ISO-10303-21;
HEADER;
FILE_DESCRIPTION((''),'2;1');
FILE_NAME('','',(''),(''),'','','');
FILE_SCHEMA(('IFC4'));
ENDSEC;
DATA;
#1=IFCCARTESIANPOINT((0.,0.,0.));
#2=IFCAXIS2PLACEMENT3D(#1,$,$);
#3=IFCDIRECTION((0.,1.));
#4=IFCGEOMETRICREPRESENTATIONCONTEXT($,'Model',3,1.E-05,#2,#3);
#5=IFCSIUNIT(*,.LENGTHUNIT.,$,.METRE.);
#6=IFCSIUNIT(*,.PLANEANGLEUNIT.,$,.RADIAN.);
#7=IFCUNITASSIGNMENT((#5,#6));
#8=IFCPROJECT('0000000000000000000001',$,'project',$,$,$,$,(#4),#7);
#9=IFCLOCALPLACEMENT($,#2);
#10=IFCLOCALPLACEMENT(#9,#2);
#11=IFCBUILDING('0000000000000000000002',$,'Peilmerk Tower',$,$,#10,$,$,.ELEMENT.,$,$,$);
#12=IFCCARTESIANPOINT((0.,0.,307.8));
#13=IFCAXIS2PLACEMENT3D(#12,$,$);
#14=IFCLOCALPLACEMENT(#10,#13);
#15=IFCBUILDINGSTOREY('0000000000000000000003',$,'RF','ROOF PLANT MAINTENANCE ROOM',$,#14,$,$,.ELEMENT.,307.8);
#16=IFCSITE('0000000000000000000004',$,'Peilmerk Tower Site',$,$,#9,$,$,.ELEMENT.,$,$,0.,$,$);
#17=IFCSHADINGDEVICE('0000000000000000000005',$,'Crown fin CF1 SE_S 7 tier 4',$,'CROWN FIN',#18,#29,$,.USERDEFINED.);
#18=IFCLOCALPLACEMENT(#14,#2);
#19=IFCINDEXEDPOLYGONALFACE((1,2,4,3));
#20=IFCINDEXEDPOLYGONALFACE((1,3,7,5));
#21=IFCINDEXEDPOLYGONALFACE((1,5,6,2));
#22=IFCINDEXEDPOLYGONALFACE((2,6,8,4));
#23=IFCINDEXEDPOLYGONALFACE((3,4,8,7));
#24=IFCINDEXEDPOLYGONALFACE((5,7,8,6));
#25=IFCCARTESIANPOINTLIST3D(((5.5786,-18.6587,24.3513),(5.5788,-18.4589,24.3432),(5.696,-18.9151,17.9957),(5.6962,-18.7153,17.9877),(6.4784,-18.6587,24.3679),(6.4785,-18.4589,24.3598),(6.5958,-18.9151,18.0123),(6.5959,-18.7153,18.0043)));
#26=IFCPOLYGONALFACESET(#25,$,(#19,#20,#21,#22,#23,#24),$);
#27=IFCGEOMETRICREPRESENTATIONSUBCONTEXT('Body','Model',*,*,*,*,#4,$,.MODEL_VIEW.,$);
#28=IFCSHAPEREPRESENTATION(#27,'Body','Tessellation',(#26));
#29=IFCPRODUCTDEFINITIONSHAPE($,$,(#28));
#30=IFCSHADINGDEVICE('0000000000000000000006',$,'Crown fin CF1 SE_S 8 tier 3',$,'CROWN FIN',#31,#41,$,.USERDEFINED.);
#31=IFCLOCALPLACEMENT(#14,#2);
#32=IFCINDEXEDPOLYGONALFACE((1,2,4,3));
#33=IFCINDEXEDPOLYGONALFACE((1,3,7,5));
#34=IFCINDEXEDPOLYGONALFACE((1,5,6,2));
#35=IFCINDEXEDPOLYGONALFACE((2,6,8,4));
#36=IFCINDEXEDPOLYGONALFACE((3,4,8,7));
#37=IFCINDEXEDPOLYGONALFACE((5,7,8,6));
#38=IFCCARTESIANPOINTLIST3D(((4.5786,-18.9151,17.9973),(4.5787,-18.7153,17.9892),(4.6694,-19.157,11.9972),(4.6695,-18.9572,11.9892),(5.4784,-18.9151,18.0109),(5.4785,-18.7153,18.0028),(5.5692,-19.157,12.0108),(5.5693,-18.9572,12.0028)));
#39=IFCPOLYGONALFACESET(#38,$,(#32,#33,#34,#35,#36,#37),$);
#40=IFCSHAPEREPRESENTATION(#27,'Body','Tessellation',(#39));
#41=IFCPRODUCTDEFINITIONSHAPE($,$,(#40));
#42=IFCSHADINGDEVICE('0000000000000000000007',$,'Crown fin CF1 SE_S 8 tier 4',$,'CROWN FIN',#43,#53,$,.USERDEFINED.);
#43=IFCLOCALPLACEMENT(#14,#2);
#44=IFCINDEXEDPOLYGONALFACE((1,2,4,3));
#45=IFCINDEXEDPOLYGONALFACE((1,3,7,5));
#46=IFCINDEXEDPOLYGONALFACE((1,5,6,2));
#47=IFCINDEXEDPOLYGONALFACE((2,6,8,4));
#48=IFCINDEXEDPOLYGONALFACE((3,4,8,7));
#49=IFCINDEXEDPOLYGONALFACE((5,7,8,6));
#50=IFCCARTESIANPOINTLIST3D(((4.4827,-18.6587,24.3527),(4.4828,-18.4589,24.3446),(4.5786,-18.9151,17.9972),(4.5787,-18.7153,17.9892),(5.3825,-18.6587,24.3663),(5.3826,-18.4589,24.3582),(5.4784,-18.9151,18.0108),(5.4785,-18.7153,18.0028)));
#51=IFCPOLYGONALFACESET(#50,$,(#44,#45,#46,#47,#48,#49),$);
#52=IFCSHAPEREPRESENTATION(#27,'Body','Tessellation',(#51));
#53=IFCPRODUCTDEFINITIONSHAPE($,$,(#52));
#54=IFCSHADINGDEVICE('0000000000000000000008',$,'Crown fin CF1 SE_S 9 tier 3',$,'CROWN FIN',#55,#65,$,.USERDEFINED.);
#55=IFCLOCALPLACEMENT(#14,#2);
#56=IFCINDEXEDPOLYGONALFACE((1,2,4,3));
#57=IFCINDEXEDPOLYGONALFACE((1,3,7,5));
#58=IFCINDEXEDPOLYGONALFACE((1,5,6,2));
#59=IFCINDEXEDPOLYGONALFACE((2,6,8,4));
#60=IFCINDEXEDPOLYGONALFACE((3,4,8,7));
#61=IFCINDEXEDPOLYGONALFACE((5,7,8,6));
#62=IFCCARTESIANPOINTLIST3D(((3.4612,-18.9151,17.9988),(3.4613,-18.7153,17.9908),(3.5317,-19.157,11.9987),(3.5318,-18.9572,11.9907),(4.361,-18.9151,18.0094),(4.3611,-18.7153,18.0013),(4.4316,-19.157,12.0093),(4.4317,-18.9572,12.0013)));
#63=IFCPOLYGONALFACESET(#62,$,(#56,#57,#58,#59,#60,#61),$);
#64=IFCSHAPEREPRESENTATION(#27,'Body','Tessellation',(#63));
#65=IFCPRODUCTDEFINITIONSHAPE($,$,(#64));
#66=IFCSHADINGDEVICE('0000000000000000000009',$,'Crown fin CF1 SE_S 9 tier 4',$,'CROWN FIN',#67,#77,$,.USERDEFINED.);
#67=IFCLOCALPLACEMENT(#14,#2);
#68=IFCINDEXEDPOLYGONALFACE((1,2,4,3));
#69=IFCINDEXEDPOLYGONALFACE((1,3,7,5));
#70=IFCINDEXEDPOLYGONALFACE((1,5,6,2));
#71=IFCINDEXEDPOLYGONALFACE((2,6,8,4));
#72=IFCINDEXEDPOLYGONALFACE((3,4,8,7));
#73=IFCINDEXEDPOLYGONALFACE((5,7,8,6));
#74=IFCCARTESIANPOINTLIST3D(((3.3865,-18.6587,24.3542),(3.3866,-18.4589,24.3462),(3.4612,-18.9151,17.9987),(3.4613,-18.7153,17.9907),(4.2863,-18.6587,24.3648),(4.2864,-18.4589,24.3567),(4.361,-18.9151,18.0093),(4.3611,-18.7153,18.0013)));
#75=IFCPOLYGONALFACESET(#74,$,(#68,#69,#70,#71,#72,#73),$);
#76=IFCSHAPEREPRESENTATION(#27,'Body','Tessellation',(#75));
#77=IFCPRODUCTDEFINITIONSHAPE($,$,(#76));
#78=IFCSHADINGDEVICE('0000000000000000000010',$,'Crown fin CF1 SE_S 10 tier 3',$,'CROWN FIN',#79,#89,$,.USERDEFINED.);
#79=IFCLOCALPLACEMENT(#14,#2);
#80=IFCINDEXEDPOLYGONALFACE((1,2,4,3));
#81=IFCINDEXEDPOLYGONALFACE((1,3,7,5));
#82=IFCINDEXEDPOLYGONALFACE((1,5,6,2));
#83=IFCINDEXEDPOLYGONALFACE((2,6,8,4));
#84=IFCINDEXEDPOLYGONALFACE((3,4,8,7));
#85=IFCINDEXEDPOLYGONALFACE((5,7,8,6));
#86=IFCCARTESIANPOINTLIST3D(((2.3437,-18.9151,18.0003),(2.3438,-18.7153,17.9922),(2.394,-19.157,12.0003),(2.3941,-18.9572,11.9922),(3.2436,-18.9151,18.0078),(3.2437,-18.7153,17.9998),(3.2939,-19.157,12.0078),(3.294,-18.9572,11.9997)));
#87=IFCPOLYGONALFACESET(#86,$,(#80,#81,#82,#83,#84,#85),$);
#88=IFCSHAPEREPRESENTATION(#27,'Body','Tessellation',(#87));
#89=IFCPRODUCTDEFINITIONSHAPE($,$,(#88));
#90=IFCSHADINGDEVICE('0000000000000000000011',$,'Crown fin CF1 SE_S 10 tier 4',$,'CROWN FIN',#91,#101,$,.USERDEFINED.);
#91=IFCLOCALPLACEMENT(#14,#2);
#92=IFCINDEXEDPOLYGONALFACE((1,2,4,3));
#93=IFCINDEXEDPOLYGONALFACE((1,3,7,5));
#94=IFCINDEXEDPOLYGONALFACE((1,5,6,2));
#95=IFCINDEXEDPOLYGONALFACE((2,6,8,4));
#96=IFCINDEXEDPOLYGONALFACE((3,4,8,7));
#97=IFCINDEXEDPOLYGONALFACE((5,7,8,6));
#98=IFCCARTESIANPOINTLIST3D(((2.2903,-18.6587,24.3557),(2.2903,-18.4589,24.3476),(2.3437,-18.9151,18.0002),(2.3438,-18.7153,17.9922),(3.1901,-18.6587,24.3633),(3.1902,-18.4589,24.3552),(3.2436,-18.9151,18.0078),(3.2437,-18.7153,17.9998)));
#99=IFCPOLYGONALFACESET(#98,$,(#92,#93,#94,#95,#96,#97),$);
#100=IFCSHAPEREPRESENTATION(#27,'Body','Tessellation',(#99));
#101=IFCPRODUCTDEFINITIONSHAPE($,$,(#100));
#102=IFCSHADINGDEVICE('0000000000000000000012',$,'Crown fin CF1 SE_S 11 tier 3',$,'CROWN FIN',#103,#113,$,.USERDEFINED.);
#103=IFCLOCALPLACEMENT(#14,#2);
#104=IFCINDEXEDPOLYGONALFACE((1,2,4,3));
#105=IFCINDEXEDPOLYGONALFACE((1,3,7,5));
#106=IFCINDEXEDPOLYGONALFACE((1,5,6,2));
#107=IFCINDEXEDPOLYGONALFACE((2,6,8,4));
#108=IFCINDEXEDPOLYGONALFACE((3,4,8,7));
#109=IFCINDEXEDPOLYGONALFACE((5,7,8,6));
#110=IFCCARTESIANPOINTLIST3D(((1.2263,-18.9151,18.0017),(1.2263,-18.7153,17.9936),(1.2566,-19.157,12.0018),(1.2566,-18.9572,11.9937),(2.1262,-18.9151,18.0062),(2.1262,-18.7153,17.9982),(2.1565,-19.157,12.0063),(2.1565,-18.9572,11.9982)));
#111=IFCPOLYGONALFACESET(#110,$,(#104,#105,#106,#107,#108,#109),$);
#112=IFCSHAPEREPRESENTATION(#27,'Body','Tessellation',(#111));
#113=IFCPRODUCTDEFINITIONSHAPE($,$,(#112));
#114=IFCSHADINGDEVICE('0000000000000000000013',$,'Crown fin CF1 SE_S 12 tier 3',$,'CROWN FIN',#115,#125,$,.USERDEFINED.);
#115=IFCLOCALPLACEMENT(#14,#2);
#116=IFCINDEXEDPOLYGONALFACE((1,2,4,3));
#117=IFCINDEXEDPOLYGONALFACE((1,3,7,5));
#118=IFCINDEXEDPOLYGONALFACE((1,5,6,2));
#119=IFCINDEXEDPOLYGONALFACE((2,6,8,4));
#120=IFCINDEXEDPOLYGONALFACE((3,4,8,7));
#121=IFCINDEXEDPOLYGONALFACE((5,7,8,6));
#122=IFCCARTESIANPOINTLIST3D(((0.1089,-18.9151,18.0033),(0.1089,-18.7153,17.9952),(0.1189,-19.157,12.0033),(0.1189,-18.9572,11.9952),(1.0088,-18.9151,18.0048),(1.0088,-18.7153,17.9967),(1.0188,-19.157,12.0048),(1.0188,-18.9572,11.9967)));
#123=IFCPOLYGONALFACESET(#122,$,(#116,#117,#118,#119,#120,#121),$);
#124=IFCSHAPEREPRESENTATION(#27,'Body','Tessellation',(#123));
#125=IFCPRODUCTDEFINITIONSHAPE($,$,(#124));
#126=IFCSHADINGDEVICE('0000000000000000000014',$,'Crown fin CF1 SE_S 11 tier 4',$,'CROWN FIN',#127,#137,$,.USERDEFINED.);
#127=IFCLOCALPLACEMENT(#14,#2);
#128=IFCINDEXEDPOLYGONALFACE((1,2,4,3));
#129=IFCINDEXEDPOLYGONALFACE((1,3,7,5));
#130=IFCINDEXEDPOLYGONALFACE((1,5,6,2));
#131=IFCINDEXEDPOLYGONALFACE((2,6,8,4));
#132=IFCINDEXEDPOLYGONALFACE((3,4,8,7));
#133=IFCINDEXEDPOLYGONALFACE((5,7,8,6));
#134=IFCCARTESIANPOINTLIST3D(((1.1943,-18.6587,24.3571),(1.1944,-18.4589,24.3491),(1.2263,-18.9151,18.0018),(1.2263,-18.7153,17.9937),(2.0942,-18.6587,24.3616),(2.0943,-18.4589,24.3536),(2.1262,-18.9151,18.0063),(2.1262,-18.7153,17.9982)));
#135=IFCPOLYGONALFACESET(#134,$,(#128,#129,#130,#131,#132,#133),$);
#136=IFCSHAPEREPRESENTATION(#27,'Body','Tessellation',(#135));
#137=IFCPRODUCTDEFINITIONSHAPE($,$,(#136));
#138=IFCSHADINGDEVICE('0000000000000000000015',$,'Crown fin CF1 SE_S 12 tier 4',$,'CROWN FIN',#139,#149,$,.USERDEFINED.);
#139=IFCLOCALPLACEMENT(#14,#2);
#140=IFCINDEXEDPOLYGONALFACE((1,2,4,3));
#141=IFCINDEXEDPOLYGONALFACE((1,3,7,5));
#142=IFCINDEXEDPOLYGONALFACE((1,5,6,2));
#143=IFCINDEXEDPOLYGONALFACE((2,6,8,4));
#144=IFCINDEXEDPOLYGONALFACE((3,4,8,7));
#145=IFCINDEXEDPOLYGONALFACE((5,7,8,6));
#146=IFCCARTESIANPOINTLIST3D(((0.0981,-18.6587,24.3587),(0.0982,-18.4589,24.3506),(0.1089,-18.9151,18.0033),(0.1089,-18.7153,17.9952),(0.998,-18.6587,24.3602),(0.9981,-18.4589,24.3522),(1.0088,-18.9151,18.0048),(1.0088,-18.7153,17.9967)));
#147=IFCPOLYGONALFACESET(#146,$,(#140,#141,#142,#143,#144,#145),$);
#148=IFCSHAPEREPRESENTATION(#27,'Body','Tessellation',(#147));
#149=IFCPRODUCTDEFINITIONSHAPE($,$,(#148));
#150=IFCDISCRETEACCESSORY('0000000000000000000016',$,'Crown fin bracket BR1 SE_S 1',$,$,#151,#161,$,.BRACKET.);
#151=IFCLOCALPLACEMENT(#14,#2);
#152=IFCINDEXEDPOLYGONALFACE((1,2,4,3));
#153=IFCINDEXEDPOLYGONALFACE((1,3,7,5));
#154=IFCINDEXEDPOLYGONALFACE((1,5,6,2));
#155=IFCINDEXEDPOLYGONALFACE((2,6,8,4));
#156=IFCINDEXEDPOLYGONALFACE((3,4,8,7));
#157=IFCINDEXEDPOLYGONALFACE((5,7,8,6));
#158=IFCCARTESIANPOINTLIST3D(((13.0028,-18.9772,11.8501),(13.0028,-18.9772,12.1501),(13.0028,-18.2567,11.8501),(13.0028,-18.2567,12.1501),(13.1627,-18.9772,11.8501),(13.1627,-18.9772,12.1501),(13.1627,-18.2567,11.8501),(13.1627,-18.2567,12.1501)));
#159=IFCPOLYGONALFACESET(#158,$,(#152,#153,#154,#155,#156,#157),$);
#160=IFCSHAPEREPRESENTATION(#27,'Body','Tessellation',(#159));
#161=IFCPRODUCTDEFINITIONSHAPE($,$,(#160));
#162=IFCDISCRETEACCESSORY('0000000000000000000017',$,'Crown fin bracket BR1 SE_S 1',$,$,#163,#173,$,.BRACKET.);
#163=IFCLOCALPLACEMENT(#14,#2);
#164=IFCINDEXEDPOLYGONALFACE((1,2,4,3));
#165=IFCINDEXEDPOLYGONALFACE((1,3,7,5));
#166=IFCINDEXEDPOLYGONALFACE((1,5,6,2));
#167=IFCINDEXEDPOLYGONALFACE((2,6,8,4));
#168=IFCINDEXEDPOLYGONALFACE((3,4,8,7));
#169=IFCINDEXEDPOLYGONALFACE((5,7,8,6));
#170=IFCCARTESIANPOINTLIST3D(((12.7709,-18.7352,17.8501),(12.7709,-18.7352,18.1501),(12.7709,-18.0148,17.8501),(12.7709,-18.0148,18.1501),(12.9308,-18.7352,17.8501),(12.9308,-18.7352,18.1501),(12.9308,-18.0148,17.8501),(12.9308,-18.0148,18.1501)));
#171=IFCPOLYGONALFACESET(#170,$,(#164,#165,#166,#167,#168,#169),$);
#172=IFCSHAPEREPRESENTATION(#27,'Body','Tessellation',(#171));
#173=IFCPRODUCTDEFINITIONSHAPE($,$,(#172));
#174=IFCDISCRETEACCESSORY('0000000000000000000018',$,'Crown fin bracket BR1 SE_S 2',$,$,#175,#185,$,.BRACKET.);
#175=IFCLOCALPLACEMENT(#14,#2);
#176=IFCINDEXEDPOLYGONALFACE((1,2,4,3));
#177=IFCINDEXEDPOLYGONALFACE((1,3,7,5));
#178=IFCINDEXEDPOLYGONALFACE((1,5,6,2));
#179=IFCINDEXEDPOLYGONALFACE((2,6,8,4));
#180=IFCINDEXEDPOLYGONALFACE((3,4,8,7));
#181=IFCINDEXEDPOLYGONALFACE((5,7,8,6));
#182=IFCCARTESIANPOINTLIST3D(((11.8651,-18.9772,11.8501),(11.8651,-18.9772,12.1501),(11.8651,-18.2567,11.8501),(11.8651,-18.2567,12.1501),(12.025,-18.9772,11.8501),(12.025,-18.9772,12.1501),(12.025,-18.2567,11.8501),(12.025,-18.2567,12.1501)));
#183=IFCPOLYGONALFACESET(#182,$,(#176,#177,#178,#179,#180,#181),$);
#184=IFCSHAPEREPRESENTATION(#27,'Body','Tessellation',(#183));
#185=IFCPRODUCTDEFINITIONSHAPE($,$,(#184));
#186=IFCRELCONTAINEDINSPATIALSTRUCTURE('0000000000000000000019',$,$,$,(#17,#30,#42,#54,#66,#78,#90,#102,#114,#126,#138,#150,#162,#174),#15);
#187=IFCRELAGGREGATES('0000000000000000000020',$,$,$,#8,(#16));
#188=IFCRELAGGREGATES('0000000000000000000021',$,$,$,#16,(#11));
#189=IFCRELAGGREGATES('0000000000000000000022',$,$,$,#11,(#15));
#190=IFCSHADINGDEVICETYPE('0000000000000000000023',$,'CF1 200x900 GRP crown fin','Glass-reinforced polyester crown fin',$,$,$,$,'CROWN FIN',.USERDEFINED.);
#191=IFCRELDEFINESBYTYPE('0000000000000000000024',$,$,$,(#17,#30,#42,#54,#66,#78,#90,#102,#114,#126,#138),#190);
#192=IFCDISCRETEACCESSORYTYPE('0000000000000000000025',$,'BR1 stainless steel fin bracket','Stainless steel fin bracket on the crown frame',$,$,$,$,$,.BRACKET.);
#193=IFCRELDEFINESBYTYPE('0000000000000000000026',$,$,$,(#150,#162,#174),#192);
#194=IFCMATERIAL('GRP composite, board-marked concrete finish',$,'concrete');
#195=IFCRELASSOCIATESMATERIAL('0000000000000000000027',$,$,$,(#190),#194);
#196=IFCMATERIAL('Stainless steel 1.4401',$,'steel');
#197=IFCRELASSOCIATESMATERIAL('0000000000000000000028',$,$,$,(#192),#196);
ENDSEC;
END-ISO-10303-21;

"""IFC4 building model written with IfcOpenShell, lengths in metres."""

from ifc_helpers import new_model, si_unit, direction, frame, origin, origin_2d, place, context, subcontext, project, spatial, rectangle, extrude, source, transform, mapped, material, material_profile, profile_set, type_object, element, save


model = new_model("IFC4")

# Units and contexts
model_context = context("Model", 3, precision=1e-05, world=origin(), true_north=direction((0.0, 1.0)))
body_context = subcontext(model_context, "Body", "Model", "MODEL_VIEW")
ifc_project = project(units=[si_unit("LENGTHUNIT", "METRE"), si_unit("PLANEANGLEUNIT", "RADIAN")], contexts=[model_context])

# Site, building, storey
site_placement = place(None, origin())
site = spatial("IfcSite", under=ifc_project, at=site_placement, Name="Peilmerk Tower Site", CompositionType="ELEMENT", RefElevation=0.0)
building_placement = place(site_placement, origin())
building = spatial("IfcBuilding", under=site, at=building_placement, Name="Peilmerk Tower", CompositionType="ELEMENT")
storey_placement = place(building_placement, frame((0.0, 0.0, 307.8)))
storey = spatial("IfcBuildingStorey", under=building, at=storey_placement, Name="RF", Description="ROOF PLANT MAINTENANCE ROOM", CompositionType="ELEMENT", Elevation=307.8)

# Shading devices
ifc_material_1 = material(Name="GRP composite, board-marked concrete finish", Category="concrete")
ifc_material_profile = material_profile(ifc_material_1, rectangle(XDim=0.2, YDim=0.8999, at=origin_2d()), Name="CF1 200x900")
ifc_profile_set = profile_set([ifc_material_profile], Name="GRP composite, board-marked concrete finish")
shading_device_type = type_object("IfcShadingDeviceType", Name="CF1 200x900 GRP crown fin", Description="Glass-reinforced polyester crown fin", ElementType="CROWN FIN", PredefinedType="USERDEFINED", material=ifc_profile_set)
shared_shape_1 = source(origin(), body_context, "Body", "SweptSolid", [
    extrude(rectangle(XDim=0.2, YDim=0.8999, at=origin_2d()), origin(), (0.0, 0.0, 1.0), 6.3618),
])
shading_device_1_placement = place(storey_placement, frame((6.146, -18.8152, 18.0), z_axis=(-0.018459, 0.040295, 0.999017), x_axis=(-0.000744, -0.999188, 0.040288)))
element("IfcShadingDevice", 1, at=shading_device_1_placement, inside=storey, type_object=shading_device_type, Name="Crown fin CF1 SE_S 7 tier 4", ObjectType="CROWN FIN", PredefinedType="USERDEFINED", context=body_context, shape_type="MappedRepresentation", body=[
    mapped(shared_shape_1, transform((0.0, 0.0, 0.0), scale=1.0)),
])
shared_shape_2 = source(origin(), body_context, "Body", "SweptSolid", [
    extrude(rectangle(XDim=0.2, YDim=0.8999, at=origin_2d()), origin(), (0.0, 0.0, 1.0), 6.0056),
])
shading_device_2_placement = place(storey_placement, frame((5.1194, -19.0571, 12.0), z_axis=(-0.015123, 0.040287, 0.999074), x_axis=(-0.00061, -0.999188, 0.040282)))
element("IfcShadingDevice", 2, at=shading_device_2_placement, inside=storey, type_object=shading_device_type, Name="Crown fin CF1 SE_S 8 tier 3", ObjectType="CROWN FIN", PredefinedType="USERDEFINED", context=body_context, shape_type="MappedRepresentation", body=[
    mapped(shared_shape_2, transform((0.0, 0.0, 0.0), scale=1.0)),
])
shared_shape_3 = source(origin(), body_context, "Body", "SweptSolid", [
    extrude(rectangle(XDim=0.2, YDim=0.8999, at=origin_2d()), origin(), (0.0, 0.0, 1.0), 6.3613),
])
shading_device_3_placement = place(storey_placement, frame((5.0286, -18.8152, 18.0), z_axis=(-0.015083, 0.040298, 0.999074), x_axis=(-0.000608, -0.999188, 0.040293)))
element("IfcShadingDevice", 3, at=shading_device_3_placement, inside=storey, type_object=shading_device_type, Name="Crown fin CF1 SE_S 8 tier 4", ObjectType="CROWN FIN", PredefinedType="USERDEFINED", context=body_context, shape_type="MappedRepresentation", body=[
    mapped(shared_shape_3, transform((0.0, 0.0, 0.0), scale=1.0)),
])
shared_shape_4 = source(origin(), body_context, "Body", "SweptSolid", [
    extrude(rectangle(XDim=0.2, YDim=0.8999, at=origin_2d()), origin(), (0.0, 0.0, 1.0), 6.0054),
])
shading_device_4_placement = place(storey_placement, frame((3.9817, -19.0571, 12.0), z_axis=(-0.011749, 0.040288, 0.999119), x_axis=(-0.000474, -0.999188, 0.040286)))
element("IfcShadingDevice", 4, at=shading_device_4_placement, inside=storey, type_object=shading_device_type, Name="Crown fin CF1 SE_S 9 tier 3", ObjectType="CROWN FIN", PredefinedType="USERDEFINED", context=body_context, shape_type="MappedRepresentation", body=[
    mapped(shared_shape_4, transform((0.0, 0.0, 0.0), scale=1.0)),
])
shared_shape_5 = source(origin(), body_context, "Body", "SweptSolid", [
    extrude(rectangle(XDim=0.2, YDim=0.8999, at=origin_2d()), origin(), (0.0, 0.0, 1.0), 6.3611),
])
shading_device_5_placement = place(storey_placement, frame((3.9111, -18.8152, 18.0), z_axis=(-0.011744, 0.040299, 0.999119), x_axis=(-0.000474, -0.999188, 0.040297)))
element("IfcShadingDevice", 5, at=shading_device_5_placement, inside=storey, type_object=shading_device_type, Name="Crown fin CF1 SE_S 9 tier 4", ObjectType="CROWN FIN", PredefinedType="USERDEFINED", context=body_context, shape_type="MappedRepresentation", body=[
    mapped(shared_shape_5, transform((0.0, 0.0, 0.0), scale=1.0)),
])
shared_shape_6 = source(origin(), body_context, "Body", "SweptSolid", [
    extrude(rectangle(XDim=0.2, YDim=0.8999, at=origin_2d()), origin(), (0.0, 0.0, 1.0), 6.0051),
])
shading_device_6_placement = place(storey_placement, frame((2.844, -19.0571, 12.0), z_axis=(-0.008375, 0.04029, 0.999153), x_axis=(-0.000338, -0.999188, 0.040288)))
element("IfcShadingDevice", 6, at=shading_device_6_placement, inside=storey, type_object=shading_device_type, Name="Crown fin CF1 SE_S 10 tier 3", ObjectType="CROWN FIN", PredefinedType="USERDEFINED", context=body_context, shape_type="MappedRepresentation", body=[
    mapped(shared_shape_6, transform((0.0, 0.0, 0.0), scale=1.0)),
])
shared_shape_7 = source(origin(), body_context, "Body", "SweptSolid", [
    extrude(rectangle(XDim=0.2, YDim=0.8999, at=origin_2d()), origin(), (0.0, 0.0, 1.0), 6.3608),
])
shading_device_7_placement = place(storey_placement, frame((2.7937, -18.8152, 18.0), z_axis=(-0.008406, 0.040301, 0.999152), x_axis=(-0.000339, -0.999188, 0.040299)))
element("IfcShadingDevice", 7, at=shading_device_7_placement, inside=storey, type_object=shading_device_type, Name="Crown fin CF1 SE_S 10 tier 4", ObjectType="CROWN FIN", PredefinedType="USERDEFINED", context=body_context, shape_type="MappedRepresentation", body=[
    mapped(shared_shape_7, transform((0.0, 0.0, 0.0), scale=1.0)),
])
shared_shape_8 = source(origin(), body_context, "Body", "SweptSolid", [
    extrude(rectangle(XDim=0.2, YDim=0.8999, at=origin_2d()), origin(), (0.0, 0.0, 1.0), 6.0049),
])
for number, where, z_axis, x_axis, name in (
    (8, (1.7065, -19.0571, 12.0), (-0.005041, 0.040291, 0.999175), (-0.000203, -0.999188, 0.04029), "Crown fin CF1 SE_S 11 tier 3"),
    (9, (0.5688, -19.0571, 12.0), (-0.001667, 0.040291, 0.999187), (-0.000067, -0.999188, 0.040291), "Crown fin CF1 SE_S 12 tier 3"),
):
    element("IfcShadingDevice", number, at=place(storey_placement, frame(where, z_axis=z_axis, x_axis=x_axis)), inside=storey, type_object=shading_device_type, Name=name, ObjectType="CROWN FIN", PredefinedType="USERDEFINED", context=body_context, shape_type="MappedRepresentation", body=[
        mapped(shared_shape_8, transform((0.0, 0.0, 0.0), scale=1.0)),
    ])
shared_shape_9 = source(origin(), body_context, "Body", "SweptSolid", [
    extrude(rectangle(XDim=0.2, YDim=0.8999, at=origin_2d()), origin(), (0.0, 0.0, 1.0), 6.3606),
])
for number, where, z_axis, x_axis, name in (
    (10, (1.6763, -18.8152, 18.0), (-0.005028, 0.040302, 0.999175), (-0.000203, -0.999188, 0.040301), "Crown fin CF1 SE_S 11 tier 4"),
    (11, (0.5588, -18.8152, 18.0), (-0.001689, 0.040302, 0.999186), (-0.000068, -0.999188, 0.040302), "Crown fin CF1 SE_S 12 tier 4"),
):
    element("IfcShadingDevice", number, at=place(storey_placement, frame(where, z_axis=z_axis, x_axis=x_axis)), inside=storey, type_object=shading_device_type, Name=name, ObjectType="CROWN FIN", PredefinedType="USERDEFINED", context=body_context, shape_type="MappedRepresentation", body=[
        mapped(shared_shape_9, transform((0.0, 0.0, 0.0), scale=1.0)),
    ])

# Discrete accessories
ifc_material_2 = material(Name="Stainless steel 1.4401", Category="steel")
discrete_accessory_type = type_object("IfcDiscreteAccessoryType", Name="BR1 stainless steel fin bracket", Description="Stainless steel fin bracket on the crown frame", PredefinedType="BRACKET", material=ifc_material_2)
shared_shape_10 = source(origin(), body_context, "Body", "SweptSolid", [
    extrude(rectangle(XDim=0.7205, YDim=0.1599, at=origin_2d()), origin(), (0.0, 0.0, 1.0), 0.3),
])
for number, where, z_axis, x_axis, name in (
    (12, (13.0828, -18.6169, 11.8501), (0.0, 0.0, 1.0), (0.0, -1.0, 0.0), "Crown fin bracket BR1 SE_S 1"),
    (13, (12.8508, -18.375, 17.8501), (0.0, 0.0, 1.0), (0.0, -1.0, 0.0), "Crown fin bracket BR1 SE_S 1"),
    (14, (11.9451, -18.6169, 11.8501), (0.0, 0.0, 1.0), (0.0, -1.0, 0.0), "Crown fin bracket BR1 SE_S 2"),
):
    element("IfcDiscreteAccessory", number, at=place(storey_placement, frame(where, z_axis=z_axis, x_axis=x_axis)), inside=storey, type_object=discrete_accessory_type, Name=name, PredefinedType="BRACKET", context=body_context, shape_type="MappedRepresentation", body=[
        mapped(shared_shape_10, transform((0.0, 0.0, 0.0), scale=1.0)),
    ])

save(model, "model.ifc")
